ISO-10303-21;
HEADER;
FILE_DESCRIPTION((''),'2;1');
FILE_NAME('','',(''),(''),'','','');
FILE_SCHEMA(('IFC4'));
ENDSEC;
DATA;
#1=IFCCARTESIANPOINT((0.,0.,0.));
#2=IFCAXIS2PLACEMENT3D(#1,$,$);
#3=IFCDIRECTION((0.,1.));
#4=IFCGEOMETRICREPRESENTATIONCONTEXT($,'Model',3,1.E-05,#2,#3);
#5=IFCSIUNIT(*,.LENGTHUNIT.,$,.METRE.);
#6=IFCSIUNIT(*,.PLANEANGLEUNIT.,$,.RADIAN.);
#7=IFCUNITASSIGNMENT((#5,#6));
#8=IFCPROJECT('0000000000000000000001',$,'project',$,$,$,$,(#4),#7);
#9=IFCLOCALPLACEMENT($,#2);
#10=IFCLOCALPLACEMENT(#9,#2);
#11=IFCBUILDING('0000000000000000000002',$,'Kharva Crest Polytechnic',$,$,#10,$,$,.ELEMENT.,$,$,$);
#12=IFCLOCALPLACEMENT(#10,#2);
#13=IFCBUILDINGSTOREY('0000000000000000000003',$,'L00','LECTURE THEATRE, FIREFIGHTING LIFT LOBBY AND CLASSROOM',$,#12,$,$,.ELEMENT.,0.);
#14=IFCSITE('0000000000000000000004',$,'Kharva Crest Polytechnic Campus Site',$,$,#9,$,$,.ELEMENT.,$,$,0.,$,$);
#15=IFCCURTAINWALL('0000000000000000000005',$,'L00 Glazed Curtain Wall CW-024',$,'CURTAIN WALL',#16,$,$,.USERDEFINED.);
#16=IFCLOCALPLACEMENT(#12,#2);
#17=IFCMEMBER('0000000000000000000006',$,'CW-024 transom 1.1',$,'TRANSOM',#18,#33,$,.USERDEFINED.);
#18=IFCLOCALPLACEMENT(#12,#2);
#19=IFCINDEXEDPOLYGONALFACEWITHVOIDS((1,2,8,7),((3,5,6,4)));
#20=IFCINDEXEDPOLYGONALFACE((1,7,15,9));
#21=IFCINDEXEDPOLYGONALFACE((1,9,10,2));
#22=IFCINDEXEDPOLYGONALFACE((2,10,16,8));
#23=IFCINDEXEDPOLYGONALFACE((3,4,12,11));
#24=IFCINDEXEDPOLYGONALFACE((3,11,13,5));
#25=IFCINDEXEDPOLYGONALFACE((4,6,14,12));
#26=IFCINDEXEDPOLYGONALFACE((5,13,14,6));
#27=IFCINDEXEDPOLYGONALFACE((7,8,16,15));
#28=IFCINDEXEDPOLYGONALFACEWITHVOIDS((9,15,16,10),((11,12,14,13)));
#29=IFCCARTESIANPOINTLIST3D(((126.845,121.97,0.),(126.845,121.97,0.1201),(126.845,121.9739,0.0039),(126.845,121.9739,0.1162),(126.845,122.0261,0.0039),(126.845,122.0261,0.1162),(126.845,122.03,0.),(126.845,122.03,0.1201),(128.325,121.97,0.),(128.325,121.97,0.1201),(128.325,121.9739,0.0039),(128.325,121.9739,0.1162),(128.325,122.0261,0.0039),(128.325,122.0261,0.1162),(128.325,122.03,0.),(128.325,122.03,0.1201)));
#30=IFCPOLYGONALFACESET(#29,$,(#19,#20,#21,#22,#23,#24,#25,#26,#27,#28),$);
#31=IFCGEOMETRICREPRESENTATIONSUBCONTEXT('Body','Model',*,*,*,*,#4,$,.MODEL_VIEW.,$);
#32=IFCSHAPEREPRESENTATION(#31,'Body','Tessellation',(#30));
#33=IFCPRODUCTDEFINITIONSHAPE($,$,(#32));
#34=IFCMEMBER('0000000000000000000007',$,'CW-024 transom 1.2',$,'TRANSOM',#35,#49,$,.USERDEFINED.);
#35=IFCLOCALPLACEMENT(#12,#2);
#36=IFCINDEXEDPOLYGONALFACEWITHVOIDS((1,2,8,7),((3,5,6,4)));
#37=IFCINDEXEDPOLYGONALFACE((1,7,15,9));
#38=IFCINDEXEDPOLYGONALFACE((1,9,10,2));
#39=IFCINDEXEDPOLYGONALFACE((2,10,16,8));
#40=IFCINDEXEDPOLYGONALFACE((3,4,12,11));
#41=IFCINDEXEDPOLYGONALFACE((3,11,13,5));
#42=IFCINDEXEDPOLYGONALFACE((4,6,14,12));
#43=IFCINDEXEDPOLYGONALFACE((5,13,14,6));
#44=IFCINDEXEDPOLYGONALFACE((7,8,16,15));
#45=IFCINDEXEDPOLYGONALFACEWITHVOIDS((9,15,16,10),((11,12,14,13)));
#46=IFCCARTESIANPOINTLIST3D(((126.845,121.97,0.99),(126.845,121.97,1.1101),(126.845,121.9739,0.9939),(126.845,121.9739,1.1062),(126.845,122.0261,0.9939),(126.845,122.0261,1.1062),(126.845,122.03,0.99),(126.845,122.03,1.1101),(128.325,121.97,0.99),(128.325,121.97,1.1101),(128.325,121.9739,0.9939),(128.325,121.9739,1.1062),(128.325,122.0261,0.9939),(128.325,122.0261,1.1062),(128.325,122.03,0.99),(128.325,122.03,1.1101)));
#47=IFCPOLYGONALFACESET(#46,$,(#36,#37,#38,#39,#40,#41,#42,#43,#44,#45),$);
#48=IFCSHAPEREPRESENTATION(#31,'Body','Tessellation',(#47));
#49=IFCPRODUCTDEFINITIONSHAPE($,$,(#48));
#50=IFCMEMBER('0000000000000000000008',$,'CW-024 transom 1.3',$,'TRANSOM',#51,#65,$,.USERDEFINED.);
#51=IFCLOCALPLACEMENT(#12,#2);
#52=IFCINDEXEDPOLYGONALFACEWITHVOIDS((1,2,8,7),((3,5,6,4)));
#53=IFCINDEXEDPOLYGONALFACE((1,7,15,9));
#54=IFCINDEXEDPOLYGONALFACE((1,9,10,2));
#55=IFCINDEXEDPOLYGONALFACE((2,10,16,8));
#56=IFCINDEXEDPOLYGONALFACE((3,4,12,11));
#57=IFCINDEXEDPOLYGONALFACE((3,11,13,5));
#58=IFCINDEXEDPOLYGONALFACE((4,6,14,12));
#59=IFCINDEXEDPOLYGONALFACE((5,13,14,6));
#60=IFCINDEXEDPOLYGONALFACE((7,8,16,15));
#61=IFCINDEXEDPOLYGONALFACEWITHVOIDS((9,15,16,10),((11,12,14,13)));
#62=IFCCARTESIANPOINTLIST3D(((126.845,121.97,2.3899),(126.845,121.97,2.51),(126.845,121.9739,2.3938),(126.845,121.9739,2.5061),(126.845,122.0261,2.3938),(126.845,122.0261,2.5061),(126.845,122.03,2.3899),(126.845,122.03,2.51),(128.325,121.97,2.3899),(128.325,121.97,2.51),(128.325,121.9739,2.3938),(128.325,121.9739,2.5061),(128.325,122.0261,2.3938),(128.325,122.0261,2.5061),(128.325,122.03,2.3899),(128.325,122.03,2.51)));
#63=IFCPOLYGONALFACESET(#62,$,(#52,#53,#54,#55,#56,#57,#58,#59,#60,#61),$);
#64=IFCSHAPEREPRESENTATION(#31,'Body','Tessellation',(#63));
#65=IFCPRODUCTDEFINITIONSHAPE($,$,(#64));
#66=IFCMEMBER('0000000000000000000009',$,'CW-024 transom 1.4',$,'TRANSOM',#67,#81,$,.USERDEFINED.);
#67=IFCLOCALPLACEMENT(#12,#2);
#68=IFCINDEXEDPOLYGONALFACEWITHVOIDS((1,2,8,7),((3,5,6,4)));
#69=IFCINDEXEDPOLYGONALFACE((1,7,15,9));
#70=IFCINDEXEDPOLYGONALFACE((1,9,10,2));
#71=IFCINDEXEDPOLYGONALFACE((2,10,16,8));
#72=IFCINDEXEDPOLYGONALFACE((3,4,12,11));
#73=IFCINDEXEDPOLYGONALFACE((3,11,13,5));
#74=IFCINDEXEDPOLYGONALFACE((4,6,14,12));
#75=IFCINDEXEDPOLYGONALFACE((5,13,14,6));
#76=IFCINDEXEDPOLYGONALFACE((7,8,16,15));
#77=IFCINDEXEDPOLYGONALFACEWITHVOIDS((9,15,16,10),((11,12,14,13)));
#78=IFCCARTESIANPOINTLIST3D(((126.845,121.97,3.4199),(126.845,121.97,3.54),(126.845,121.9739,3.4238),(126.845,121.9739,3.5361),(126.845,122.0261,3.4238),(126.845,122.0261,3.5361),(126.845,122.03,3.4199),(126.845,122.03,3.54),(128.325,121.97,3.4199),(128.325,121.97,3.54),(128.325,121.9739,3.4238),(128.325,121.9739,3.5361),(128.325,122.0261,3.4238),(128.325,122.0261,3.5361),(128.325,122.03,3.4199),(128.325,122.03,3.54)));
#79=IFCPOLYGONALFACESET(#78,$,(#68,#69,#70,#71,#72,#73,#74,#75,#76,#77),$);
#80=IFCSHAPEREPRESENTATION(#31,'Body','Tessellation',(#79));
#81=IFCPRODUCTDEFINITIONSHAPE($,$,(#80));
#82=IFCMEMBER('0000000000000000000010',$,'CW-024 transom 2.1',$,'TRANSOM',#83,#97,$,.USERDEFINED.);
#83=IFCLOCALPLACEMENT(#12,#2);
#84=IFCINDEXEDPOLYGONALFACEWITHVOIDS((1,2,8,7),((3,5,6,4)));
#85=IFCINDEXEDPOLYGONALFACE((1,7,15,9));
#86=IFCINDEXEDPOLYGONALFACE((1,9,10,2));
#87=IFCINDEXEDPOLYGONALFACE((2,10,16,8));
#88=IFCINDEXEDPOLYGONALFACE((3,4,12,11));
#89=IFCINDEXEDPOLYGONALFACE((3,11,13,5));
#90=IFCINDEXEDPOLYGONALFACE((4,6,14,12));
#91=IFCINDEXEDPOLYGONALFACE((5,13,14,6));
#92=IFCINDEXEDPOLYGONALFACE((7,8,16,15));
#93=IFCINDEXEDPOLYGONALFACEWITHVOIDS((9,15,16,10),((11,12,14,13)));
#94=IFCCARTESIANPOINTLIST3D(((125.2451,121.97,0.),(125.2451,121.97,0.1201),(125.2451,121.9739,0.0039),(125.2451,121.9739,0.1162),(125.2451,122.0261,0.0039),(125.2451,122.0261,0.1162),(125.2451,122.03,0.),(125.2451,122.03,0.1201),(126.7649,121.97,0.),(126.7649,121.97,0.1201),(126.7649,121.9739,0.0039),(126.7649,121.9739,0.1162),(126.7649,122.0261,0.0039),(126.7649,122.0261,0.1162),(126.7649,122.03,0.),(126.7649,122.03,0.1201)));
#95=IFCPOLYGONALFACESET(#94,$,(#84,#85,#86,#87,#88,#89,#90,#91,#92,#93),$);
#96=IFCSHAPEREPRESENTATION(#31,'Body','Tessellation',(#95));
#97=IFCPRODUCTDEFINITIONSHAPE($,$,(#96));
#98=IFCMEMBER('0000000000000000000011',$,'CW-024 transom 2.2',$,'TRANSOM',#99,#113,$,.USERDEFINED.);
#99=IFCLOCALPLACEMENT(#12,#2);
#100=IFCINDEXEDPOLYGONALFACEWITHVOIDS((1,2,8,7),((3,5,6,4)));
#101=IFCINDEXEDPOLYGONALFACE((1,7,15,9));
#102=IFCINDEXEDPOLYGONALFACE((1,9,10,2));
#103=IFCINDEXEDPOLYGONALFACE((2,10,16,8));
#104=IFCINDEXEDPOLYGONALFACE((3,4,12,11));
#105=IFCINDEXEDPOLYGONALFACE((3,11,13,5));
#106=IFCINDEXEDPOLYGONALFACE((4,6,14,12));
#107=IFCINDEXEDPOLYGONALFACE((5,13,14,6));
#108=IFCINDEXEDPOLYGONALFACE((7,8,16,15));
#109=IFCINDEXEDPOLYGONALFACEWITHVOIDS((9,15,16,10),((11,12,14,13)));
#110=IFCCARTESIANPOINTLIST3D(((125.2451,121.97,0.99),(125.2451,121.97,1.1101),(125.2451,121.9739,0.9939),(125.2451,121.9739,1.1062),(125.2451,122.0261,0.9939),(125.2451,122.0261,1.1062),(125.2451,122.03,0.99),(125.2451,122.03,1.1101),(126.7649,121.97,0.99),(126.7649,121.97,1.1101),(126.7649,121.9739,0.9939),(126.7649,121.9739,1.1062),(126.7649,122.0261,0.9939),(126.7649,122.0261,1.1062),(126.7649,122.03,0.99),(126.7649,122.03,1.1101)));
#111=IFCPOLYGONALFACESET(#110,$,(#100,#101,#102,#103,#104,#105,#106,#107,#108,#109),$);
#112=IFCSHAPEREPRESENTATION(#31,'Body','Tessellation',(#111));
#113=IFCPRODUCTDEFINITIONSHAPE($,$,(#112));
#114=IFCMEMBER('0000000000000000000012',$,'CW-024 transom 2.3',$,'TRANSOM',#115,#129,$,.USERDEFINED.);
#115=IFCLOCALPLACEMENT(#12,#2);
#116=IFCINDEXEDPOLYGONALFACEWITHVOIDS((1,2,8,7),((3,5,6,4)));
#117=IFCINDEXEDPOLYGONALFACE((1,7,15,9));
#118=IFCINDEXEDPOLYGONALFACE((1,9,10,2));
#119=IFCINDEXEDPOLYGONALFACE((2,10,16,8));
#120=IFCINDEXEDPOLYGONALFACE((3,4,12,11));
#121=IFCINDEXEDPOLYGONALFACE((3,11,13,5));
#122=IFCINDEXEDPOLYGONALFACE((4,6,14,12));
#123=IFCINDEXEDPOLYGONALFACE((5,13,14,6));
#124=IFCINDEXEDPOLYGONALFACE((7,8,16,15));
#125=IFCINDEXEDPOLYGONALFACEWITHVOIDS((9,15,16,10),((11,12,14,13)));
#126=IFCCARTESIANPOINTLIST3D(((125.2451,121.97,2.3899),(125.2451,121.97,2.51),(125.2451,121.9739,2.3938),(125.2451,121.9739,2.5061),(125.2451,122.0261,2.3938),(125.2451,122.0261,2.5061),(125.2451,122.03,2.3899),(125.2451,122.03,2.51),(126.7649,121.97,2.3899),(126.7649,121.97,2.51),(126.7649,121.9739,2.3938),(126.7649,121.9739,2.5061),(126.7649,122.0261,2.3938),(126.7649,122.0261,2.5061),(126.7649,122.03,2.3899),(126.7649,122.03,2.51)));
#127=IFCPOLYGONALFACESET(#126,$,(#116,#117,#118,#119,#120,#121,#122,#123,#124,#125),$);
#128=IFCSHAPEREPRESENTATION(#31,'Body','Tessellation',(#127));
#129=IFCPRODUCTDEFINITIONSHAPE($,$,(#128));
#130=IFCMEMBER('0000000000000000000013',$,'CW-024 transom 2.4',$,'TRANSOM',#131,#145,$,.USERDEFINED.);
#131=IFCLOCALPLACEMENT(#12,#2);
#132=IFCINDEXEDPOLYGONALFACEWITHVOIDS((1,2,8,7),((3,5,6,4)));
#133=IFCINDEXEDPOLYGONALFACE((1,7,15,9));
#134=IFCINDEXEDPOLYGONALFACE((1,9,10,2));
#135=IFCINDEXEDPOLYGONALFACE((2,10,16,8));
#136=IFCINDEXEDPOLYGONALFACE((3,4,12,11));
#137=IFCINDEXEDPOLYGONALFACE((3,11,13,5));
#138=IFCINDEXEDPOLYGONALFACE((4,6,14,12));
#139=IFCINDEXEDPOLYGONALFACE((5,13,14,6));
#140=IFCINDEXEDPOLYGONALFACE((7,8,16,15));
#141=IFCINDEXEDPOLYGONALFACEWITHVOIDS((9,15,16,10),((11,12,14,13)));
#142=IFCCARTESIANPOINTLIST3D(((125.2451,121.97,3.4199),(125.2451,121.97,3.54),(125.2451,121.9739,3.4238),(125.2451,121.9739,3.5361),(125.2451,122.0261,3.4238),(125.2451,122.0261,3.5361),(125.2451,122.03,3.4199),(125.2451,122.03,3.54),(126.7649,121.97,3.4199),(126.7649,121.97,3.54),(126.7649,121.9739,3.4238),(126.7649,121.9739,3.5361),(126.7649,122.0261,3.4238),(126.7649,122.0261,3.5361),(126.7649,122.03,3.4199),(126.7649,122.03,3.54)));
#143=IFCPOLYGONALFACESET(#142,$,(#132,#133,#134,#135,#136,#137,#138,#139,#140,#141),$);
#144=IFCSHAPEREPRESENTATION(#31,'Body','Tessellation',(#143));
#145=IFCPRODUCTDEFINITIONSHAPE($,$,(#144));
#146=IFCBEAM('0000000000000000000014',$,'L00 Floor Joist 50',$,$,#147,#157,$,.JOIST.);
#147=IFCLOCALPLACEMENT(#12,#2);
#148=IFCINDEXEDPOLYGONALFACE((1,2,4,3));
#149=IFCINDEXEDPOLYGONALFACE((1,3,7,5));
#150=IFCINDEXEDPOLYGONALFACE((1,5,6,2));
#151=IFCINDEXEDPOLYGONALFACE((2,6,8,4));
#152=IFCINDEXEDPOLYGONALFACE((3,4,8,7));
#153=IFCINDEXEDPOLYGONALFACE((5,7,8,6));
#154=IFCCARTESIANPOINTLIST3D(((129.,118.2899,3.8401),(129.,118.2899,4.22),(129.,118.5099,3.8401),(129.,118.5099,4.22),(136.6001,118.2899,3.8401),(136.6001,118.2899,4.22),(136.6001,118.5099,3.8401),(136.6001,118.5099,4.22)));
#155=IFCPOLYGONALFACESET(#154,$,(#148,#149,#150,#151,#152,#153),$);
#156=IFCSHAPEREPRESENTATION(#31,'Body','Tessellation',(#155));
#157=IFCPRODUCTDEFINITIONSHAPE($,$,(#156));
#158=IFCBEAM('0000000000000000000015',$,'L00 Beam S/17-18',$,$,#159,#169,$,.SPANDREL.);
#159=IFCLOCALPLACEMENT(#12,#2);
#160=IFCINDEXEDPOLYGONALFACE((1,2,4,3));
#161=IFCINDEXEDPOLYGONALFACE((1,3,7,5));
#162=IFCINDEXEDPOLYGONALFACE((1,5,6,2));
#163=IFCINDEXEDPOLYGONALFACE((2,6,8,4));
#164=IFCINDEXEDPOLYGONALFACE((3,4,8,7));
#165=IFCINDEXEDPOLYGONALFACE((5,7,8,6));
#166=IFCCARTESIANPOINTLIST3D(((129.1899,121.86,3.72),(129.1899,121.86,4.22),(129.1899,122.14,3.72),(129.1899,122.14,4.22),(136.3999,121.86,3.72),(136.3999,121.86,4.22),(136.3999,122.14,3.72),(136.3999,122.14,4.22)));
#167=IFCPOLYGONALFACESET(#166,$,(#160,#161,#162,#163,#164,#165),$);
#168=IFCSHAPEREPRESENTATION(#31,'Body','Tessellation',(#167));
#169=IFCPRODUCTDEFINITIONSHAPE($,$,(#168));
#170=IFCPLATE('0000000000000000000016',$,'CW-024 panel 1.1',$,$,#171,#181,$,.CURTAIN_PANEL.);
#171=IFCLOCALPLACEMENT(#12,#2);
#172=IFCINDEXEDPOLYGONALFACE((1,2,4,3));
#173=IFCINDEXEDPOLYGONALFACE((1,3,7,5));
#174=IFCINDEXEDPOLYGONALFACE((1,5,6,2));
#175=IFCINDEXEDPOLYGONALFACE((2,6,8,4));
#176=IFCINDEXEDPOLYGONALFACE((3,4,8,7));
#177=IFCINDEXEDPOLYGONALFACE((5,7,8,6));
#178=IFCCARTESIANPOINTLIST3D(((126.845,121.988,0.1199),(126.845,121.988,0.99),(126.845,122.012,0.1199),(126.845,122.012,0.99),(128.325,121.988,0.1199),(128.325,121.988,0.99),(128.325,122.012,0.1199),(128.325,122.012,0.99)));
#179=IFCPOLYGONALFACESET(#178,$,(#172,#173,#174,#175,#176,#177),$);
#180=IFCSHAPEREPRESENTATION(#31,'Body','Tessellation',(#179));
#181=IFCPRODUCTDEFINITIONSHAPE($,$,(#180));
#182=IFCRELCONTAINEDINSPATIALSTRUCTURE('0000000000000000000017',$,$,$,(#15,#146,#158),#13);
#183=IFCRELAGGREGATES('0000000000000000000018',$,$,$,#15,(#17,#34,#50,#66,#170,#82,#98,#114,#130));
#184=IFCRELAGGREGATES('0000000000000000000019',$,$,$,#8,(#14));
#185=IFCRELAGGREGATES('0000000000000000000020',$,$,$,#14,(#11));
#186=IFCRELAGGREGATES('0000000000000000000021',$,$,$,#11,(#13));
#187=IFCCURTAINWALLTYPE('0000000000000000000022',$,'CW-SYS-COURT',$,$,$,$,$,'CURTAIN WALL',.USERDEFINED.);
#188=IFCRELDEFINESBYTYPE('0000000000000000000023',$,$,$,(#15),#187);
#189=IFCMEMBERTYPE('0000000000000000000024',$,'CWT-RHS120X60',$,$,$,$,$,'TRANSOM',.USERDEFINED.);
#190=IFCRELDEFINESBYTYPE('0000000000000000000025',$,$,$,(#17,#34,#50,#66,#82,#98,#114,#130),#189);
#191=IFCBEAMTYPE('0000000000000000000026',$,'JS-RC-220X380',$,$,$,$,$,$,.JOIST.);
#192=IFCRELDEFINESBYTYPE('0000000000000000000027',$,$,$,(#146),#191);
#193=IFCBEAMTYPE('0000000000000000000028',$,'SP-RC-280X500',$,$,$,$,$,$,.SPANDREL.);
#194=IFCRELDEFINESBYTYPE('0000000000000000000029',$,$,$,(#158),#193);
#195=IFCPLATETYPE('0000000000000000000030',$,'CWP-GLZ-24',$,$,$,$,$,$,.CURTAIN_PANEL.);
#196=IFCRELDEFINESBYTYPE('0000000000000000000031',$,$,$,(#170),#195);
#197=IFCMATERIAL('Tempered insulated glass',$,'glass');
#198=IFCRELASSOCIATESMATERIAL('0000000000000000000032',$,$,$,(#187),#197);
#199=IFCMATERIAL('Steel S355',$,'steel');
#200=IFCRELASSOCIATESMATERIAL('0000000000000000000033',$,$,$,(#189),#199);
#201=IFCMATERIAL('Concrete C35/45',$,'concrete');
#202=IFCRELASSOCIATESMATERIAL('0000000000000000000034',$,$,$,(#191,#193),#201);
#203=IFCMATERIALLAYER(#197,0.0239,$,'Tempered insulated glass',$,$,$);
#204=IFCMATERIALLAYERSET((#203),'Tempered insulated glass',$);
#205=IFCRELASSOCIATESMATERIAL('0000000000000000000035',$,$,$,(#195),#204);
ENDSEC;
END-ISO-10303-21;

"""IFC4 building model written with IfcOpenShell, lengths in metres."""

from ifc_helpers import new_model, si_unit, direction, frame, origin, origin_2d, place, context, subcontext, project, spatial, rectangle, hollow_rectangle, extrude, material, layer, layer_set, material_profile, profile_set, type_object, element, aggregate, save


model = new_model("IFC4")

# Units and contexts
model_context = context("Model", 3, precision=1e-05, world=origin(), true_north=direction((0.0, 1.0)))
body_context = subcontext(model_context, "Body", "Model", "MODEL_VIEW")
ifc_project = project(units=[si_unit("LENGTHUNIT", "METRE"), si_unit("PLANEANGLEUNIT", "RADIAN")], contexts=[model_context])

# Site, building, storey
site_placement = place(None, origin())
site = spatial("IfcSite", under=ifc_project, at=site_placement, Name="Kharva Crest Polytechnic Campus Site", CompositionType="ELEMENT", RefElevation=0.0)
building_placement = place(site_placement, origin())
building = spatial("IfcBuilding", under=site, at=building_placement, Name="Kharva Crest Polytechnic", CompositionType="ELEMENT")
storey_placement = place(building_placement, origin())
storey = spatial("IfcBuildingStorey", under=building, at=storey_placement, Name="L00", Description="LECTURE THEATRE, FIREFIGHTING LIFT LOBBY AND CLASSROOM", CompositionType="ELEMENT", Elevation=0.0)

# Shared definitions
ifc_material_1 = material(Name="Concrete C35/45", Category="concrete")

# Curtain wall, members
ifc_material_2 = material(Name="Tempered insulated glass", Category="glass")
curtain_wall_type = type_object("IfcCurtainWallType", Name="CW-SYS-COURT", ElementType="CURTAIN WALL", PredefinedType="USERDEFINED", material=ifc_material_2)
curtain_wall_placement = place(storey_placement, origin())
curtain_wall = element("IfcCurtainWall", 1, at=curtain_wall_placement, inside=storey, type_object=curtain_wall_type, Name="L00 Glazed Curtain Wall CW-024", ObjectType="CURTAIN WALL", PredefinedType="USERDEFINED")
ifc_material_3 = material(Name="Steel S355", Category="steel")
ifc_material_profile_1 = material_profile(ifc_material_3, hollow_rectangle(XDim=0.0601, YDim=0.1201, WallThickness=0.0039, at=origin_2d()), Name="RHS 120X60X4.0")
ifc_profile_set_1 = profile_set([ifc_material_profile_1], Name="Steel S355")
member_type_1 = type_object("IfcMemberType", Name="CWT-RHS120X60", ElementType="TRANSOM", PredefinedType="USERDEFINED", material=ifc_profile_set_1)
member_1_placement = place(storey_placement, frame((128.325, 122.0, 0.0601), z_axis=(-1.0, 0.0, 0.0), x_axis=(0.0, -1.0, 0.0)))
member_1 = element("IfcMember", 2, at=member_1_placement, type_object=member_type_1, Name="CW-024 transom 1.1", ObjectType="TRANSOM", PredefinedType="USERDEFINED", context=body_context, shape_type="SweptSolid", body=[
    extrude(hollow_rectangle(XDim=0.0601, YDim=0.1201, WallThickness=0.0039, at=origin_2d()), origin(), (0.0, 0.0, 1.0), 1.48),
])
member_2_placement = place(storey_placement, frame((128.325, 122.0, 1.05), z_axis=(-1.0, 0.0, 0.0), x_axis=(0.0, -1.0, 0.0)))
member_2 = element("IfcMember", 3, at=member_2_placement, type_object=member_type_1, Name="CW-024 transom 1.2", ObjectType="TRANSOM", PredefinedType="USERDEFINED", context=body_context, shape_type="SweptSolid", body=[
    extrude(hollow_rectangle(XDim=0.0601, YDim=0.1201, WallThickness=0.0039, at=origin_2d()), origin(), (0.0, 0.0, 1.0), 1.48),
])
member_3_placement = place(storey_placement, frame((128.325, 122.0, 2.45), z_axis=(-1.0, 0.0, 0.0), x_axis=(0.0, -1.0, 0.0)))
member_3 = element("IfcMember", 4, at=member_3_placement, type_object=member_type_1, Name="CW-024 transom 1.3", ObjectType="TRANSOM", PredefinedType="USERDEFINED", context=body_context, shape_type="SweptSolid", body=[
    extrude(hollow_rectangle(XDim=0.0601, YDim=0.1201, WallThickness=0.0039, at=origin_2d()), origin(), (0.0, 0.0, 1.0), 1.48),
])
member_4_placement = place(storey_placement, frame((128.325, 122.0, 3.48), z_axis=(-1.0, 0.0, 0.0), x_axis=(0.0, -1.0, 0.0)))
member_4 = element("IfcMember", 5, at=member_4_placement, type_object=member_type_1, Name="CW-024 transom 1.4", ObjectType="TRANSOM", PredefinedType="USERDEFINED", context=body_context, shape_type="SweptSolid", body=[
    extrude(hollow_rectangle(XDim=0.0601, YDim=0.1201, WallThickness=0.0039, at=origin_2d()), origin(), (0.0, 0.0, 1.0), 1.48),
])
member_5_placement = place(storey_placement, frame((126.7649, 122.0, 0.0601), z_axis=(-1.0, 0.0, 0.0), x_axis=(0.0, -1.0, 0.0)))
member_5 = element("IfcMember", 6, at=member_5_placement, type_object=member_type_1, Name="CW-024 transom 2.1", ObjectType="TRANSOM", PredefinedType="USERDEFINED", context=body_context, shape_type="SweptSolid", body=[
    extrude(hollow_rectangle(XDim=0.0601, YDim=0.1201, WallThickness=0.0039, at=origin_2d()), origin(), (0.0, 0.0, 1.0), 1.5198),
])
member_6_placement = place(storey_placement, frame((126.7649, 122.0, 1.05), z_axis=(-1.0, 0.0, 0.0), x_axis=(0.0, -1.0, 0.0)))
member_6 = element("IfcMember", 7, at=member_6_placement, type_object=member_type_1, Name="CW-024 transom 2.2", ObjectType="TRANSOM", PredefinedType="USERDEFINED", context=body_context, shape_type="SweptSolid", body=[
    extrude(hollow_rectangle(XDim=0.0601, YDim=0.1201, WallThickness=0.0039, at=origin_2d()), origin(), (0.0, 0.0, 1.0), 1.5198),
])
member_7_placement = place(storey_placement, frame((126.7649, 122.0, 2.45), z_axis=(-1.0, 0.0, 0.0), x_axis=(0.0, -1.0, 0.0)))
member_7 = element("IfcMember", 8, at=member_7_placement, type_object=member_type_1, Name="CW-024 transom 2.3", ObjectType="TRANSOM", PredefinedType="USERDEFINED", context=body_context, shape_type="SweptSolid", body=[
    extrude(hollow_rectangle(XDim=0.0601, YDim=0.1201, WallThickness=0.0039, at=origin_2d()), origin(), (0.0, 0.0, 1.0), 1.5198),
])
member_8_placement = place(storey_placement, frame((126.7649, 122.0, 3.48), z_axis=(-1.0, 0.0, 0.0), x_axis=(0.0, -1.0, 0.0)))
member_8 = element("IfcMember", 9, at=member_8_placement, type_object=member_type_1, Name="CW-024 transom 2.4", ObjectType="TRANSOM", PredefinedType="USERDEFINED", context=body_context, shape_type="SweptSolid", body=[
    extrude(hollow_rectangle(XDim=0.0601, YDim=0.1201, WallThickness=0.0039, at=origin_2d()), origin(), (0.0, 0.0, 1.0), 1.5198),
])

# Beams
ifc_material_profile_2 = material_profile(ifc_material_1, rectangle(XDim=0.22, YDim=0.3799, at=origin_2d()), Name="RECT 220 X 380")
ifc_profile_set_2 = profile_set([ifc_material_profile_2], Name="Concrete C35/45")
beam_type_1 = type_object("IfcBeamType", Name="JS-RC-220X380", PredefinedType="JOIST", material=ifc_profile_set_2)
beam_1_placement = place(storey_placement, frame((129.0, 118.3999, 4.03), z_axis=(1.0, 0.0, 0.0), x_axis=(0.0, 1.0, 0.0)))
element("IfcBeam", 10, at=beam_1_placement, inside=storey, type_object=beam_type_1, Name="L00 Floor Joist 50", PredefinedType="JOIST", context=body_context, shape_type="SweptSolid", body=[
    extrude(rectangle(XDim=0.22, YDim=0.3799, at=origin_2d()), origin(), (0.0, 0.0, 1.0), 7.6001),
])
ifc_material_profile_3 = material_profile(ifc_material_1, rectangle(XDim=0.28, YDim=0.5, at=origin_2d()), Name="RECT 280 X 500")
ifc_profile_set_3 = profile_set([ifc_material_profile_3], Name="Concrete C35/45")
beam_type_2 = type_object("IfcBeamType", Name="SP-RC-280X500", PredefinedType="SPANDREL", material=ifc_profile_set_3)
beam_2_placement = place(storey_placement, frame((129.1899, 122.0, 3.97), z_axis=(1.0, 0.0, 0.0), x_axis=(0.0, 1.0, 0.0)))
element("IfcBeam", 11, at=beam_2_placement, inside=storey, type_object=beam_type_2, Name="L00 Beam S/17-18", PredefinedType="SPANDREL", context=body_context, shape_type="SweptSolid", body=[
    extrude(rectangle(XDim=0.28, YDim=0.5, at=origin_2d()), origin(), (0.0, 0.0, 1.0), 7.21),
])

# Plate
ifc_layer = layer(ifc_material_2, 0.0239, Name="Tempered insulated glass")
ifc_layer_set = layer_set([ifc_layer], Name="Tempered insulated glass")
plate_type = type_object("IfcPlateType", Name="CWP-GLZ-24", PredefinedType="CURTAIN_PANEL", material=ifc_layer_set)
plate_1_placement = place(storey_placement, frame((127.585, 122.0, 0.1199), z_axis=(0.0, 0.0, 1.0), x_axis=(-1.0, 0.0, 0.0)))
plate_1 = element("IfcPlate", 12, at=plate_1_placement, type_object=plate_type, Name="CW-024 panel 1.1", PredefinedType="CURTAIN_PANEL", context=body_context, shape_type="SweptSolid", body=[
    extrude(rectangle(XDim=1.48, YDim=0.0239, at=origin_2d()), origin(), (0.0, 0.0, 1.0), 0.8701),
])
aggregate(curtain_wall, [member_1, member_2, member_3, member_4, plate_1, member_5, member_6, member_7, member_8])

save(model, "model.ifc")
